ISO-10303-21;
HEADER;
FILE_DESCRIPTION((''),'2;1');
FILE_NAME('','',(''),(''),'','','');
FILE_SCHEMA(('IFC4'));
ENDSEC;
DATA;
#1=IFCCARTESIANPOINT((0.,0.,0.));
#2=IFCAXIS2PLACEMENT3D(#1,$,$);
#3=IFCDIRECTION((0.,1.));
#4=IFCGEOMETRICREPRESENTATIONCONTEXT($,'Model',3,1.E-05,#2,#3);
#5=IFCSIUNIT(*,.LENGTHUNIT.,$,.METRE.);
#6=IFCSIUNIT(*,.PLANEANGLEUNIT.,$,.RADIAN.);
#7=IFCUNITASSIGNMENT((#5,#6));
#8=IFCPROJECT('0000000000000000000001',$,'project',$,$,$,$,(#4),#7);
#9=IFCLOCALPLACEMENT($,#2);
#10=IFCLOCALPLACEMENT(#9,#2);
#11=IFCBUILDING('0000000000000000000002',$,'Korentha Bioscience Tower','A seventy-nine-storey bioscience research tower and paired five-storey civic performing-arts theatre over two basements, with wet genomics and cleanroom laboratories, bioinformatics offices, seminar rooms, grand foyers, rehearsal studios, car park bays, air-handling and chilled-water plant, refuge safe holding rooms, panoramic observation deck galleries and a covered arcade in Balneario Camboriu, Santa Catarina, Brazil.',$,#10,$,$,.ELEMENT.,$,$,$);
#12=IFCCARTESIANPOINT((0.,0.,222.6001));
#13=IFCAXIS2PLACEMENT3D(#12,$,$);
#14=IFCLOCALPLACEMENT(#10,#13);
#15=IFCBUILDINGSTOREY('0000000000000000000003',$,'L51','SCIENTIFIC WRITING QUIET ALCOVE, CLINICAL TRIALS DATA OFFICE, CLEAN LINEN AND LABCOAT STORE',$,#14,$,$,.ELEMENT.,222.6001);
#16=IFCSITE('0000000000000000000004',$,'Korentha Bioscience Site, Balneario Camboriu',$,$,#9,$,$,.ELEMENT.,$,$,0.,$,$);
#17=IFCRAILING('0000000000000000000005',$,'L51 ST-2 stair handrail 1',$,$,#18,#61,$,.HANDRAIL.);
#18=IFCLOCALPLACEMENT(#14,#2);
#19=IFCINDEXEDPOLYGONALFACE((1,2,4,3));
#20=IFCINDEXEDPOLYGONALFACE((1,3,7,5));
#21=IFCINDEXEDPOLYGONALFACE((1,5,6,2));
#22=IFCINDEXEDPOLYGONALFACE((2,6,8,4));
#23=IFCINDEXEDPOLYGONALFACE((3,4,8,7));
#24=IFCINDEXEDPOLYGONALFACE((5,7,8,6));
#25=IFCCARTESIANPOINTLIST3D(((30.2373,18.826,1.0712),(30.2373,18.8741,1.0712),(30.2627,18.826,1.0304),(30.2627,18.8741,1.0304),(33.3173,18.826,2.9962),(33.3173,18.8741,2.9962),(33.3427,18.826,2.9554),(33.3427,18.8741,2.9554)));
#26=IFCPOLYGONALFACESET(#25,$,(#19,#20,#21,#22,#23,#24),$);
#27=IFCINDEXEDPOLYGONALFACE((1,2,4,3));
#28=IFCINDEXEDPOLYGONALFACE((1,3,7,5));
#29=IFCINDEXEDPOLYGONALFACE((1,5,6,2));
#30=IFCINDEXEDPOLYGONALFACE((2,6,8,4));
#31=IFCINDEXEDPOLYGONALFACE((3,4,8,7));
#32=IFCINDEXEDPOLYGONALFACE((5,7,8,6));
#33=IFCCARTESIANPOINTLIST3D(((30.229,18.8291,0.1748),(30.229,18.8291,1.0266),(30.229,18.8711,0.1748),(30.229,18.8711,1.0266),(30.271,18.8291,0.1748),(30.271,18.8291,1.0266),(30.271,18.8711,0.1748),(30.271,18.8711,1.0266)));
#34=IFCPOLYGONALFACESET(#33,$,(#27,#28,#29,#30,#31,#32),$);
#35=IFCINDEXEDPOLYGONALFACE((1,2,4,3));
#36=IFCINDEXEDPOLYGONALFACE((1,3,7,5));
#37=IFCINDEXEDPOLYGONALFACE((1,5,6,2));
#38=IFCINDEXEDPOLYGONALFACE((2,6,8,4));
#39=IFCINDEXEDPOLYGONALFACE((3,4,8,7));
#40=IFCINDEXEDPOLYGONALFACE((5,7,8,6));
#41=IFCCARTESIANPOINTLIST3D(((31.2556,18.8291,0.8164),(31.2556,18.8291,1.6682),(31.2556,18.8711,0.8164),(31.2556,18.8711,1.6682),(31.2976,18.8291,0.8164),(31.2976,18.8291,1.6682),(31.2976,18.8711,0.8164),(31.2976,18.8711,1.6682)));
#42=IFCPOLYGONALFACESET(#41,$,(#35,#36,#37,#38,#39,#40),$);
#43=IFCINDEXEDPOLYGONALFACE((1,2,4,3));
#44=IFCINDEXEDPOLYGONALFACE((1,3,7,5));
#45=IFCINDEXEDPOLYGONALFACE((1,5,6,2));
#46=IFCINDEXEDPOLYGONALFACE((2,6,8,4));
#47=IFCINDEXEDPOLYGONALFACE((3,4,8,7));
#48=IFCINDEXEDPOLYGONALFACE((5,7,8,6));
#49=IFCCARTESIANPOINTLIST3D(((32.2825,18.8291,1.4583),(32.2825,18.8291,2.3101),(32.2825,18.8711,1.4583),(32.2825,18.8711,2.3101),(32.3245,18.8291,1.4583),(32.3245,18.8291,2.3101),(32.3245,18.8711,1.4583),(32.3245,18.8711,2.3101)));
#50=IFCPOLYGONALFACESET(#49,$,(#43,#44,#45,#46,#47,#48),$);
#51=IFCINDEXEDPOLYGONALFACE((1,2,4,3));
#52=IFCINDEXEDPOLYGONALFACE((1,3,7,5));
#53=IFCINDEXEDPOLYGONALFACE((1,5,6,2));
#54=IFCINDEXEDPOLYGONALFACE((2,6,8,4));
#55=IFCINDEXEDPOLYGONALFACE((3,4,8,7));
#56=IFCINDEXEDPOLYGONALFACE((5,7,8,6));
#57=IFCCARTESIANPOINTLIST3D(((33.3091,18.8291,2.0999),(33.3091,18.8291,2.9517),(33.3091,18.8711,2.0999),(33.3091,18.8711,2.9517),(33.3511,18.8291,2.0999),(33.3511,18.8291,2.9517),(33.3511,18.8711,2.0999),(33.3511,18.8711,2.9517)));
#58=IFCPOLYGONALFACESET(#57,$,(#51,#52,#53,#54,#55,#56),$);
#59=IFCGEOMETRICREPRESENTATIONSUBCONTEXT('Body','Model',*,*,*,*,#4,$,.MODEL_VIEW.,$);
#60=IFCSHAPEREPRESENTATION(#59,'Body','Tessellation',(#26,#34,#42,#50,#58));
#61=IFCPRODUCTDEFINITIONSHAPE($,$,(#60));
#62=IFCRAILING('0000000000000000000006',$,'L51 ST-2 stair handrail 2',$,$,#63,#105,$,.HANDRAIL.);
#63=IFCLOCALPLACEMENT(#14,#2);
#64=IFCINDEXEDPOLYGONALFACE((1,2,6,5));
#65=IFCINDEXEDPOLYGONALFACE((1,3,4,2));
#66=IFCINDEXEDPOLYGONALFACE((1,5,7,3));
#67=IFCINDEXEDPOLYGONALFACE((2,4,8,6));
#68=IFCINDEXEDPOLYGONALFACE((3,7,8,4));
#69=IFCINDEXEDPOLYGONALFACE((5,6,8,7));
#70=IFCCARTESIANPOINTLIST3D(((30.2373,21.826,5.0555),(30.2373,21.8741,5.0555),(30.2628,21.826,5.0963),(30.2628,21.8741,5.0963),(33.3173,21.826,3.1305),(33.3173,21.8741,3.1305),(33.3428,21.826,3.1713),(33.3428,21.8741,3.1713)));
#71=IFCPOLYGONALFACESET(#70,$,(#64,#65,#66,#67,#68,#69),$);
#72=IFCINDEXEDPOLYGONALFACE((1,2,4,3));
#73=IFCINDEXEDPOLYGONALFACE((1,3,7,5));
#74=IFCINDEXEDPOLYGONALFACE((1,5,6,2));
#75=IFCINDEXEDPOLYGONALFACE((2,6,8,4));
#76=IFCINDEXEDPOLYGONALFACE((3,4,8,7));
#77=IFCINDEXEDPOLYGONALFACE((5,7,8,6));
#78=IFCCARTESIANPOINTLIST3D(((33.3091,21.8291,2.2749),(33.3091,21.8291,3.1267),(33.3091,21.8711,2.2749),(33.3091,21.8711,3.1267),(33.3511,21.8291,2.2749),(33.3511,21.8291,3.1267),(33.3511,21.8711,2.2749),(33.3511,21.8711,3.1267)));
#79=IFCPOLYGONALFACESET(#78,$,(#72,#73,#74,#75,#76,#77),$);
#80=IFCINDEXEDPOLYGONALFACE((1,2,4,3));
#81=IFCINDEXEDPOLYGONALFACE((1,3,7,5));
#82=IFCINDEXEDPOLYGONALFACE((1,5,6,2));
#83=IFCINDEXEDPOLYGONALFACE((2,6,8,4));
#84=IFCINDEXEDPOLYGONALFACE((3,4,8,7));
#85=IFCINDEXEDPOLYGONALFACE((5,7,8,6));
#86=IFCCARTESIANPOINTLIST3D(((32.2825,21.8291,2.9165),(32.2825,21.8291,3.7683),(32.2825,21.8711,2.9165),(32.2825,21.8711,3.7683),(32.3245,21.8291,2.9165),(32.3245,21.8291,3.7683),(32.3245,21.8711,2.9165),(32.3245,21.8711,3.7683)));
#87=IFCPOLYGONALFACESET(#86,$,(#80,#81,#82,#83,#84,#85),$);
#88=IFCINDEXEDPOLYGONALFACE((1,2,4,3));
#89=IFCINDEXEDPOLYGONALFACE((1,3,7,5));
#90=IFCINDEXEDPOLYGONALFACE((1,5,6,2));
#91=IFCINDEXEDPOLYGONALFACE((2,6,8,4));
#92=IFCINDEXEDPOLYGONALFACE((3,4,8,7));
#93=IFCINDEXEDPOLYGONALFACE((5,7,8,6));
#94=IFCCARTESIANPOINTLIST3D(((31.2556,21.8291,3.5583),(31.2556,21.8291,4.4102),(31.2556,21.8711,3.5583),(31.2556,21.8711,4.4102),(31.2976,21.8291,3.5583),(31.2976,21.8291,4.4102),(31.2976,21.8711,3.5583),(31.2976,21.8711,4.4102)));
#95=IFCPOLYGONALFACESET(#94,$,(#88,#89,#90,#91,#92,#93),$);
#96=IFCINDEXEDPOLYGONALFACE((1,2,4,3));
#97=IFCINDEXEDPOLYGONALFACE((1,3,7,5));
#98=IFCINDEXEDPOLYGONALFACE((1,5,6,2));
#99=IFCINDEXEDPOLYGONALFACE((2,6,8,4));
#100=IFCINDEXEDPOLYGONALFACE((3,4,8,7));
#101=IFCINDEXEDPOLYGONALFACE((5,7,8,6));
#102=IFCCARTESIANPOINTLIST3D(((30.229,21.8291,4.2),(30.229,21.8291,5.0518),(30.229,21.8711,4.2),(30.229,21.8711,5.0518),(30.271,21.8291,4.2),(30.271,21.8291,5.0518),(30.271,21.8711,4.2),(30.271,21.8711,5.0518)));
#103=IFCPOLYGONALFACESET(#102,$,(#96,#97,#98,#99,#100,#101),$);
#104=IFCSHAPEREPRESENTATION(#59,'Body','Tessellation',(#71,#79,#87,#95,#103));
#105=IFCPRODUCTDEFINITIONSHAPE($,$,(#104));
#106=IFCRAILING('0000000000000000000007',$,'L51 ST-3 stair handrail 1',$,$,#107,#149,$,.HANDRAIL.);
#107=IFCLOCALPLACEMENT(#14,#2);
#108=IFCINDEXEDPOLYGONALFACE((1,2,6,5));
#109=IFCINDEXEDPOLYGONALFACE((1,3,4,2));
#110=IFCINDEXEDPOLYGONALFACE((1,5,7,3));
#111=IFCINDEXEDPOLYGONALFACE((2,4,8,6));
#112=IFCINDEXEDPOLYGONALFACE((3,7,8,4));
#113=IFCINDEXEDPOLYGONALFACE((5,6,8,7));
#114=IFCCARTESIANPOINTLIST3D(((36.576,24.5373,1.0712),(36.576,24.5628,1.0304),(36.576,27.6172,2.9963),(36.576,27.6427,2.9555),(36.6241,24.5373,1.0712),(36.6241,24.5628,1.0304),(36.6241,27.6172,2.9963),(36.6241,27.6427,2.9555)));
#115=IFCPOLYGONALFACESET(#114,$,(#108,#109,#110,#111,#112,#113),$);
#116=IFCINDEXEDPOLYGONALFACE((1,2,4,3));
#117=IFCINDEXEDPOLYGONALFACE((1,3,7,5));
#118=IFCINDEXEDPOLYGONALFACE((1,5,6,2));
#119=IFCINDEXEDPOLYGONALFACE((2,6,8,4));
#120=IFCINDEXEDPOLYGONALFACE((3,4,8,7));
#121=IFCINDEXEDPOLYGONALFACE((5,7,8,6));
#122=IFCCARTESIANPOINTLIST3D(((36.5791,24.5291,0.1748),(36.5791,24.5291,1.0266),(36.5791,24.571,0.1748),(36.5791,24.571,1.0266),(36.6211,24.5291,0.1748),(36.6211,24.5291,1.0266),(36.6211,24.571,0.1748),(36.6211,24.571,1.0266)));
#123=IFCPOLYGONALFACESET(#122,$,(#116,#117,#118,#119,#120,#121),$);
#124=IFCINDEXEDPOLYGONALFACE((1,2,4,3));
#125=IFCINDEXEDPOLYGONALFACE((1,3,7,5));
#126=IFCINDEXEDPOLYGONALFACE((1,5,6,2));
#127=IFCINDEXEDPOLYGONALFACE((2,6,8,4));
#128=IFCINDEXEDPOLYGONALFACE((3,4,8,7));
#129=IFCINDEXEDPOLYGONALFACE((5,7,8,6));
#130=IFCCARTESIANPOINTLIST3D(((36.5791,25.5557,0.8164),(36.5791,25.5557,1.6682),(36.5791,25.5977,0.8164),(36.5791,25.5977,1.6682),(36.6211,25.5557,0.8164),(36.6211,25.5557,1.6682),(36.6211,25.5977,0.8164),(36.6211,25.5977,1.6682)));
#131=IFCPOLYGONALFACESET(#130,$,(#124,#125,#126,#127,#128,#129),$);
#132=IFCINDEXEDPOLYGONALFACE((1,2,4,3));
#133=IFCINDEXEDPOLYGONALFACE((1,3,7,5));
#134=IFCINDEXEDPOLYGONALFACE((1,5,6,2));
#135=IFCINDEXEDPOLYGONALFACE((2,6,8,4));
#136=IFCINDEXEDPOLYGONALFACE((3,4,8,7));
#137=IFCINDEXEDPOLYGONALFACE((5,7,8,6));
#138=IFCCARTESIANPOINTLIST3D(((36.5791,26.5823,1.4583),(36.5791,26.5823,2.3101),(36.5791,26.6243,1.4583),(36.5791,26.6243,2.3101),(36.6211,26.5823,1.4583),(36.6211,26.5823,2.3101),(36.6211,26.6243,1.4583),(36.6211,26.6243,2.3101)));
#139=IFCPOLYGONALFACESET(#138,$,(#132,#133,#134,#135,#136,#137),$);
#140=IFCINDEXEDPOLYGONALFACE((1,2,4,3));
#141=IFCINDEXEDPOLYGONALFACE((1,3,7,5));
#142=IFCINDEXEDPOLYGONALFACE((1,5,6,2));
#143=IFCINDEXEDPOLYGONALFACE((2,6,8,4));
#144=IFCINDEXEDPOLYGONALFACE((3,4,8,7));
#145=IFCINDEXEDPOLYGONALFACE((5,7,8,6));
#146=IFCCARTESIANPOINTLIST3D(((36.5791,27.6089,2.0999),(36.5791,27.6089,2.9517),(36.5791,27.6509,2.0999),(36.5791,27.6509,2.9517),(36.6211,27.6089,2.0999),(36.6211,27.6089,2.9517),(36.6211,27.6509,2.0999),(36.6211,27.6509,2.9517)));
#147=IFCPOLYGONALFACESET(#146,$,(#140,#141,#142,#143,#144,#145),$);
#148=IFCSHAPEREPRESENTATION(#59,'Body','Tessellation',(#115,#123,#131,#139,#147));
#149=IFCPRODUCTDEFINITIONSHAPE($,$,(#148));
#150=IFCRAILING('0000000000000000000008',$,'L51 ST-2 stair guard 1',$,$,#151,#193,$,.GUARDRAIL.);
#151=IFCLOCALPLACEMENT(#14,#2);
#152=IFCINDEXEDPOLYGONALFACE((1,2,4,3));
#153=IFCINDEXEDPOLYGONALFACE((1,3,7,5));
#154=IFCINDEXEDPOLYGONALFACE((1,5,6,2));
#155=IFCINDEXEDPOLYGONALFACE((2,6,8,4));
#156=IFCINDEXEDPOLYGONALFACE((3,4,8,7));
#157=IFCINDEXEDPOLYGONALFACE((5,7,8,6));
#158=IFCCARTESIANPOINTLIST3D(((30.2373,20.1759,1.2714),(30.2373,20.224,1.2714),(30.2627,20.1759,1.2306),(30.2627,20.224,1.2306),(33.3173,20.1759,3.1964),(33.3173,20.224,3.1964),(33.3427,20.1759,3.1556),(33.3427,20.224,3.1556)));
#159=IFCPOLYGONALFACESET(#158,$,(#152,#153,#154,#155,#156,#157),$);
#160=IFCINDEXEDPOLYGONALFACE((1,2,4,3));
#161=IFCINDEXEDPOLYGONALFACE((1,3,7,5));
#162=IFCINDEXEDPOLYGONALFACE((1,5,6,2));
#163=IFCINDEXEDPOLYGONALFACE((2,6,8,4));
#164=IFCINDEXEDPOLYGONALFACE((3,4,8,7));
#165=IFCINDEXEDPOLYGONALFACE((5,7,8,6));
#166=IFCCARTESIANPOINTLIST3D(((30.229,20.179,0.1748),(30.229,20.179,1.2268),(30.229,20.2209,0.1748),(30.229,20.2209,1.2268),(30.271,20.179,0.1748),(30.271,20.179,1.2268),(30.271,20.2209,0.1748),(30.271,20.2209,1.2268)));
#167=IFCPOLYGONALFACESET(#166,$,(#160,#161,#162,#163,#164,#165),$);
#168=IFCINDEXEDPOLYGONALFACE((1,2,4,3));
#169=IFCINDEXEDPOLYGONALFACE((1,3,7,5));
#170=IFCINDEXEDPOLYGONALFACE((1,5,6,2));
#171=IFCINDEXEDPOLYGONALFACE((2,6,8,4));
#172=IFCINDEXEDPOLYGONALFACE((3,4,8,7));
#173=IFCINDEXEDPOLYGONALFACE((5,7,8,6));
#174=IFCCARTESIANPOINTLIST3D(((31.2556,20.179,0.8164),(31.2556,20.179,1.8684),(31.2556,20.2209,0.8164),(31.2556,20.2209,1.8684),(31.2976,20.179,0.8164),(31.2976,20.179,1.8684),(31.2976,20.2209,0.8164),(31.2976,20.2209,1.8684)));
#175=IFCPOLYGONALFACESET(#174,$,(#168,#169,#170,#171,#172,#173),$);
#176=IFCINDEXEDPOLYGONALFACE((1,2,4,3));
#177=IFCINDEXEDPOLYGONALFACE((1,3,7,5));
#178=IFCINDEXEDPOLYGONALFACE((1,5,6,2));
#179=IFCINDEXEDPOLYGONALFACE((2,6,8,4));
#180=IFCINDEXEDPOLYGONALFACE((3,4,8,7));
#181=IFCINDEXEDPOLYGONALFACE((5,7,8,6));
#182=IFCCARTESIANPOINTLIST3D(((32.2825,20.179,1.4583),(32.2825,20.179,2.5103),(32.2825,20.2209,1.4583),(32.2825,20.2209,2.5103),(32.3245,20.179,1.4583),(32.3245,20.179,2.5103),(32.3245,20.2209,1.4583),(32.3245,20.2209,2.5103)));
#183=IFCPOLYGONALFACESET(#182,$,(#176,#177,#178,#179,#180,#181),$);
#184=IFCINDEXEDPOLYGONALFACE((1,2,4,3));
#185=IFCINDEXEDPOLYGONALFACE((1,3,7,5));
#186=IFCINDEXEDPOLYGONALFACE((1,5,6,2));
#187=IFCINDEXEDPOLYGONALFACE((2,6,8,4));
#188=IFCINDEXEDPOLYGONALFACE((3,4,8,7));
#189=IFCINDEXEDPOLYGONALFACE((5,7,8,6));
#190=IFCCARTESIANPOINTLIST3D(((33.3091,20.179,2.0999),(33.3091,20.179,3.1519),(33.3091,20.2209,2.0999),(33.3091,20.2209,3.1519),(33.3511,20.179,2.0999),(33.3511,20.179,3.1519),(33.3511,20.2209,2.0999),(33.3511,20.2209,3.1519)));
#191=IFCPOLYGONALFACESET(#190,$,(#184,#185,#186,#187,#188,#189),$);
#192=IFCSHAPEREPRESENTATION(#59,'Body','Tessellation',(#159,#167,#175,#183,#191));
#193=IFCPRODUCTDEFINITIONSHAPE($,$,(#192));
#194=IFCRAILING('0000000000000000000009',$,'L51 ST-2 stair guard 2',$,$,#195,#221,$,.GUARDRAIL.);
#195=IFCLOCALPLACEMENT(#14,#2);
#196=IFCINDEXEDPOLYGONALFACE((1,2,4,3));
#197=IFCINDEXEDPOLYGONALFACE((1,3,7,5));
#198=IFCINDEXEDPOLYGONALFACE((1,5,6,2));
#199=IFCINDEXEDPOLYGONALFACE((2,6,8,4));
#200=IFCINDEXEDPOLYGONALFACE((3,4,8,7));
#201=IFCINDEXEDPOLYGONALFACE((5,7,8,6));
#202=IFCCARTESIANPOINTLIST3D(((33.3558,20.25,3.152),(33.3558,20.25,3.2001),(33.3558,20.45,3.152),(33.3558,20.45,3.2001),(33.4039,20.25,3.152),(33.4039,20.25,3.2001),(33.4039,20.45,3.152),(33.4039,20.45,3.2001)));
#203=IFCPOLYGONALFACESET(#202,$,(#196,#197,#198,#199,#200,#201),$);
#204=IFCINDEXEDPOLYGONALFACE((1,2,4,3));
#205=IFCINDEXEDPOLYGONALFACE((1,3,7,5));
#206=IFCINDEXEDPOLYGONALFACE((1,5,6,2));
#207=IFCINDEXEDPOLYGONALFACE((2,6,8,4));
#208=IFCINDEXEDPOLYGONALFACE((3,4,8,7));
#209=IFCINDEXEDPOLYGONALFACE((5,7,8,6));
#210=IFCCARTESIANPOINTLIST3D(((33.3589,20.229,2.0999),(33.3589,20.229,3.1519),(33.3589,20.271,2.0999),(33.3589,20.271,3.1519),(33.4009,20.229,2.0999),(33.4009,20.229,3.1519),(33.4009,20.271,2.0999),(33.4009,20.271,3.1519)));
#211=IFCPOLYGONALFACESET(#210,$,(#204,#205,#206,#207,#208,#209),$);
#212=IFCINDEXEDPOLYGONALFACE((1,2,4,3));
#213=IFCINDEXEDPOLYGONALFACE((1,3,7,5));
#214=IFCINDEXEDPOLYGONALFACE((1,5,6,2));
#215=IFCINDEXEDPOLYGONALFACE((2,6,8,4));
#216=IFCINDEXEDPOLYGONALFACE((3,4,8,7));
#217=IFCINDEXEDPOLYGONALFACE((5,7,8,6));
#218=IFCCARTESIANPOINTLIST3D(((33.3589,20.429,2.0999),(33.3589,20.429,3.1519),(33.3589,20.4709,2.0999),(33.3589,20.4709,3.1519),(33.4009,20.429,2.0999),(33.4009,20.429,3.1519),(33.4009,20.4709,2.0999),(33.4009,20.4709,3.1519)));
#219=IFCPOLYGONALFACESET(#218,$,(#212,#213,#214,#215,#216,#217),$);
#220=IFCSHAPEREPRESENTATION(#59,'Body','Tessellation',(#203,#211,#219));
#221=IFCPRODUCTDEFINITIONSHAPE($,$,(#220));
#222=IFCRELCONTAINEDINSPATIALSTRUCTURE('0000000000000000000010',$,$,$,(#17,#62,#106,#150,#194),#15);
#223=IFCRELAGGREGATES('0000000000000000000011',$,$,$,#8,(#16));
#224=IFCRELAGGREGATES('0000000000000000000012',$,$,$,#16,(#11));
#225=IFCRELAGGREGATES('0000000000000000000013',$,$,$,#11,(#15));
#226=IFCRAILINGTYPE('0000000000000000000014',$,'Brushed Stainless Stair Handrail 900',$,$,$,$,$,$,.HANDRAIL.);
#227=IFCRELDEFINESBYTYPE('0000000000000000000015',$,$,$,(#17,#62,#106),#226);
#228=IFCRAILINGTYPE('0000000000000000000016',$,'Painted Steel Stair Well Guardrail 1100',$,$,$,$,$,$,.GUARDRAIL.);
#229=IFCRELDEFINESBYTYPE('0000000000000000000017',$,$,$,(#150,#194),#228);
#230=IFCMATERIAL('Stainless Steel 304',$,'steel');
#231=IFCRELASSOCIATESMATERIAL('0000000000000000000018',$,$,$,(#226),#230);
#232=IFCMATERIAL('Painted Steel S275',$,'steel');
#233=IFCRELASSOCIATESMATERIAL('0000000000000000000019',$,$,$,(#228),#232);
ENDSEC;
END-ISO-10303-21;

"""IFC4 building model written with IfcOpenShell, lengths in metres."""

from ifc_helpers import new_model, si_unit, direction, frame, origin, origin_2d, place, context, subcontext, project, spatial, rectangle, extrude, material, type_object, element, save


model = new_model("IFC4")

# Units and contexts
model_context = context("Model", 3, precision=1e-05, world=origin(), true_north=direction((0.0, 1.0)))
body_context = subcontext(model_context, "Body", "Model", "MODEL_VIEW")
ifc_project = project(units=[si_unit("LENGTHUNIT", "METRE"), si_unit("PLANEANGLEUNIT", "RADIAN")], contexts=[model_context])

# Site, building, storey
site_placement = place(None, origin())
site = spatial("IfcSite", under=ifc_project, at=site_placement, Name="Korentha Bioscience Site, Balneario Camboriu", CompositionType="ELEMENT", RefElevation=0.0)
building_placement = place(site_placement, origin())
building = spatial("IfcBuilding", under=site, at=building_placement, Name="Korentha Bioscience Tower", Description="A seventy-nine-storey bioscience research tower and paired five-storey civic performing-arts theatre over two basements, with wet genomics and cleanroom laboratories, bioinformatics offices, seminar rooms, grand foyers, rehearsal studios, car park bays, air-handling and chilled-water plant, refuge safe holding rooms, panoramic observation deck galleries and a covered arcade in Balneario Camboriu, Santa Catarina, Brazil.", CompositionType="ELEMENT")
storey_placement = place(building_placement, frame((0.0, 0.0, 222.6001)))
storey = spatial("IfcBuildingStorey", under=building, at=storey_placement, Name="L51", Description="SCIENTIFIC WRITING QUIET ALCOVE, CLINICAL TRIALS DATA OFFICE, CLEAN LINEN AND LABCOAT STORE", CompositionType="ELEMENT", Elevation=222.6001)

# Railings
ifc_material_1 = material(Name="Stainless Steel 304", Category="steel")
railing_type_1 = type_object("IfcRailingType", Name="Brushed Stainless Stair Handrail 900", PredefinedType="HANDRAIL", material=ifc_material_1)
railing_1_placement = place(storey_placement, frame((30.25, 18.8501, 0.1748)))
element("IfcRailing", 1, at=railing_1_placement, inside=storey, type_object=railing_type_1, Name="L51 ST-2 stair handrail 1", PredefinedType="HANDRAIL", context=body_context, shape_type="SweptSolid", body=[
    extrude(rectangle(XDim=0.0481, YDim=0.0481, at=origin_2d()), frame((0.0, 0.0, 0.876), z_axis=(0.847998, 0.0, 0.529999), x_axis=(0.0, 1.0, 0.0)), (0.0, 0.0, 1.0), 3.6321),
    extrude(rectangle(XDim=0.042, YDim=0.042, at=origin_2d()), origin(), (0.0, 0.0, 1.0), 0.8518),
    extrude(rectangle(XDim=0.042, YDim=0.042, at=origin_2d()), frame((1.0266, 0.0, 0.6416)), (0.0, 0.0, 1.0), 0.8518),
    extrude(rectangle(XDim=0.042, YDim=0.042, at=origin_2d()), frame((2.0535, 0.0, 1.2834)), (0.0, 0.0, 1.0), 0.8518),
    extrude(rectangle(XDim=0.042, YDim=0.042, at=origin_2d()), frame((3.0801, 0.0, 1.925)), (0.0, 0.0, 1.0), 0.8518),
])
railing_2_placement = place(storey_placement, frame((33.3301, 21.8501, 2.2749)))
element("IfcRailing", 2, at=railing_2_placement, inside=storey, type_object=railing_type_1, Name="L51 ST-2 stair handrail 2", PredefinedType="HANDRAIL", context=body_context, shape_type="SweptSolid", body=[
    extrude(rectangle(XDim=0.0481, YDim=0.0481, at=origin_2d()), frame((0.0, 0.0, 0.876), z_axis=(-0.847998, 0.0, 0.529999), x_axis=(0.0, -1.0, 0.0)), (0.0, 0.0, 1.0), 3.6321),
    extrude(rectangle(XDim=0.042, YDim=0.042, at=origin_2d()), origin(), (0.0, 0.0, 1.0), 0.8518),
    extrude(rectangle(XDim=0.042, YDim=0.042, at=origin_2d()), frame((-1.0266, 0.0, 0.6416)), (0.0, 0.0, 1.0), 0.8518),
    extrude(rectangle(XDim=0.042, YDim=0.042, at=origin_2d()), frame((-2.0535, 0.0, 1.2834)), (0.0, 0.0, 1.0), 0.8518),
    extrude(rectangle(XDim=0.042, YDim=0.042, at=origin_2d()), frame((-3.0801, 0.0, 1.925)), (0.0, 0.0, 1.0), 0.8518),
])
railing_3_placement = place(storey_placement, frame((36.6001, 24.55, 0.1748)))
element("IfcRailing", 3, at=railing_3_placement, inside=storey, type_object=railing_type_1, Name="L51 ST-3 stair handrail 1", PredefinedType="HANDRAIL", context=body_context, shape_type="SweptSolid", body=[
    extrude(rectangle(XDim=0.0481, YDim=0.0481, at=origin_2d()), frame((0.0, 0.0, 0.876), z_axis=(0.0, 0.847979, 0.530029), x_axis=(-1.0, 0.0, 0.0)), (0.0, 0.0, 1.0), 3.6321),
    extrude(rectangle(XDim=0.042, YDim=0.042, at=origin_2d()), origin(), (0.0, 0.0, 1.0), 0.8518),
    extrude(rectangle(XDim=0.042, YDim=0.042, at=origin_2d()), frame((0.0, 1.0266, 0.6416)), (0.0, 0.0, 1.0), 0.8518),
    extrude(rectangle(XDim=0.042, YDim=0.042, at=origin_2d()), frame((0.0, 2.0532, 1.2834)), (0.0, 0.0, 1.0), 0.8518),
    extrude(rectangle(XDim=0.042, YDim=0.042, at=origin_2d()), frame((0.0, 3.0798, 1.925)), (0.0, 0.0, 1.0), 0.8518),
])
ifc_material_2 = material(Name="Painted Steel S275", Category="steel")
railing_type_2 = type_object("IfcRailingType", Name="Painted Steel Stair Well Guardrail 1100", PredefinedType="GUARDRAIL", material=ifc_material_2)
railing_4_placement = place(storey_placement, frame((30.25, 20.2, 0.1748)))
element("IfcRailing", 4, at=railing_4_placement, inside=storey, type_object=railing_type_2, Name="L51 ST-2 stair guard 1", PredefinedType="GUARDRAIL", context=body_context, shape_type="SweptSolid", body=[
    extrude(rectangle(XDim=0.0481, YDim=0.0481, at=origin_2d()), frame((0.0, 0.0, 1.0762), z_axis=(0.847998, 0.0, 0.529999), x_axis=(0.0, 1.0, 0.0)), (0.0, 0.0, 1.0), 3.6321),
    extrude(rectangle(XDim=0.042, YDim=0.042, at=origin_2d()), origin(), (0.0, 0.0, 1.0), 1.052),
    extrude(rectangle(XDim=0.042, YDim=0.042, at=origin_2d()), frame((1.0266, 0.0, 0.6416)), (0.0, 0.0, 1.0), 1.052),
    extrude(rectangle(XDim=0.042, YDim=0.042, at=origin_2d()), frame((2.0535, 0.0, 1.2834)), (0.0, 0.0, 1.0), 1.052),
    extrude(rectangle(XDim=0.042, YDim=0.042, at=origin_2d()), frame((3.0801, 0.0, 1.925)), (0.0, 0.0, 1.0), 1.052),
])
railing_5_placement = place(storey_placement, frame((33.3799, 20.25, 2.0999)))
element("IfcRailing", 5, at=railing_5_placement, inside=storey, type_object=railing_type_2, Name="L51 ST-2 stair guard 2", PredefinedType="GUARDRAIL", context=body_context, shape_type="SweptSolid", body=[
    extrude(rectangle(XDim=0.0481, YDim=0.0481, at=origin_2d()), frame((0.0, 0.0, 1.0762), z_axis=(0.0, 1.0, 0.0), x_axis=(-1.0, 0.0, 0.0)), (0.0, 0.0, 1.0), 0.2),
    extrude(rectangle(XDim=0.042, YDim=0.042, at=origin_2d()), origin(), (0.0, 0.0, 1.0), 1.052),
    extrude(rectangle(XDim=0.042, YDim=0.042, at=origin_2d()), frame((0.0, 0.2, 0.0)), (0.0, 0.0, 1.0), 1.052),
])

save(model, "model.ifc")
